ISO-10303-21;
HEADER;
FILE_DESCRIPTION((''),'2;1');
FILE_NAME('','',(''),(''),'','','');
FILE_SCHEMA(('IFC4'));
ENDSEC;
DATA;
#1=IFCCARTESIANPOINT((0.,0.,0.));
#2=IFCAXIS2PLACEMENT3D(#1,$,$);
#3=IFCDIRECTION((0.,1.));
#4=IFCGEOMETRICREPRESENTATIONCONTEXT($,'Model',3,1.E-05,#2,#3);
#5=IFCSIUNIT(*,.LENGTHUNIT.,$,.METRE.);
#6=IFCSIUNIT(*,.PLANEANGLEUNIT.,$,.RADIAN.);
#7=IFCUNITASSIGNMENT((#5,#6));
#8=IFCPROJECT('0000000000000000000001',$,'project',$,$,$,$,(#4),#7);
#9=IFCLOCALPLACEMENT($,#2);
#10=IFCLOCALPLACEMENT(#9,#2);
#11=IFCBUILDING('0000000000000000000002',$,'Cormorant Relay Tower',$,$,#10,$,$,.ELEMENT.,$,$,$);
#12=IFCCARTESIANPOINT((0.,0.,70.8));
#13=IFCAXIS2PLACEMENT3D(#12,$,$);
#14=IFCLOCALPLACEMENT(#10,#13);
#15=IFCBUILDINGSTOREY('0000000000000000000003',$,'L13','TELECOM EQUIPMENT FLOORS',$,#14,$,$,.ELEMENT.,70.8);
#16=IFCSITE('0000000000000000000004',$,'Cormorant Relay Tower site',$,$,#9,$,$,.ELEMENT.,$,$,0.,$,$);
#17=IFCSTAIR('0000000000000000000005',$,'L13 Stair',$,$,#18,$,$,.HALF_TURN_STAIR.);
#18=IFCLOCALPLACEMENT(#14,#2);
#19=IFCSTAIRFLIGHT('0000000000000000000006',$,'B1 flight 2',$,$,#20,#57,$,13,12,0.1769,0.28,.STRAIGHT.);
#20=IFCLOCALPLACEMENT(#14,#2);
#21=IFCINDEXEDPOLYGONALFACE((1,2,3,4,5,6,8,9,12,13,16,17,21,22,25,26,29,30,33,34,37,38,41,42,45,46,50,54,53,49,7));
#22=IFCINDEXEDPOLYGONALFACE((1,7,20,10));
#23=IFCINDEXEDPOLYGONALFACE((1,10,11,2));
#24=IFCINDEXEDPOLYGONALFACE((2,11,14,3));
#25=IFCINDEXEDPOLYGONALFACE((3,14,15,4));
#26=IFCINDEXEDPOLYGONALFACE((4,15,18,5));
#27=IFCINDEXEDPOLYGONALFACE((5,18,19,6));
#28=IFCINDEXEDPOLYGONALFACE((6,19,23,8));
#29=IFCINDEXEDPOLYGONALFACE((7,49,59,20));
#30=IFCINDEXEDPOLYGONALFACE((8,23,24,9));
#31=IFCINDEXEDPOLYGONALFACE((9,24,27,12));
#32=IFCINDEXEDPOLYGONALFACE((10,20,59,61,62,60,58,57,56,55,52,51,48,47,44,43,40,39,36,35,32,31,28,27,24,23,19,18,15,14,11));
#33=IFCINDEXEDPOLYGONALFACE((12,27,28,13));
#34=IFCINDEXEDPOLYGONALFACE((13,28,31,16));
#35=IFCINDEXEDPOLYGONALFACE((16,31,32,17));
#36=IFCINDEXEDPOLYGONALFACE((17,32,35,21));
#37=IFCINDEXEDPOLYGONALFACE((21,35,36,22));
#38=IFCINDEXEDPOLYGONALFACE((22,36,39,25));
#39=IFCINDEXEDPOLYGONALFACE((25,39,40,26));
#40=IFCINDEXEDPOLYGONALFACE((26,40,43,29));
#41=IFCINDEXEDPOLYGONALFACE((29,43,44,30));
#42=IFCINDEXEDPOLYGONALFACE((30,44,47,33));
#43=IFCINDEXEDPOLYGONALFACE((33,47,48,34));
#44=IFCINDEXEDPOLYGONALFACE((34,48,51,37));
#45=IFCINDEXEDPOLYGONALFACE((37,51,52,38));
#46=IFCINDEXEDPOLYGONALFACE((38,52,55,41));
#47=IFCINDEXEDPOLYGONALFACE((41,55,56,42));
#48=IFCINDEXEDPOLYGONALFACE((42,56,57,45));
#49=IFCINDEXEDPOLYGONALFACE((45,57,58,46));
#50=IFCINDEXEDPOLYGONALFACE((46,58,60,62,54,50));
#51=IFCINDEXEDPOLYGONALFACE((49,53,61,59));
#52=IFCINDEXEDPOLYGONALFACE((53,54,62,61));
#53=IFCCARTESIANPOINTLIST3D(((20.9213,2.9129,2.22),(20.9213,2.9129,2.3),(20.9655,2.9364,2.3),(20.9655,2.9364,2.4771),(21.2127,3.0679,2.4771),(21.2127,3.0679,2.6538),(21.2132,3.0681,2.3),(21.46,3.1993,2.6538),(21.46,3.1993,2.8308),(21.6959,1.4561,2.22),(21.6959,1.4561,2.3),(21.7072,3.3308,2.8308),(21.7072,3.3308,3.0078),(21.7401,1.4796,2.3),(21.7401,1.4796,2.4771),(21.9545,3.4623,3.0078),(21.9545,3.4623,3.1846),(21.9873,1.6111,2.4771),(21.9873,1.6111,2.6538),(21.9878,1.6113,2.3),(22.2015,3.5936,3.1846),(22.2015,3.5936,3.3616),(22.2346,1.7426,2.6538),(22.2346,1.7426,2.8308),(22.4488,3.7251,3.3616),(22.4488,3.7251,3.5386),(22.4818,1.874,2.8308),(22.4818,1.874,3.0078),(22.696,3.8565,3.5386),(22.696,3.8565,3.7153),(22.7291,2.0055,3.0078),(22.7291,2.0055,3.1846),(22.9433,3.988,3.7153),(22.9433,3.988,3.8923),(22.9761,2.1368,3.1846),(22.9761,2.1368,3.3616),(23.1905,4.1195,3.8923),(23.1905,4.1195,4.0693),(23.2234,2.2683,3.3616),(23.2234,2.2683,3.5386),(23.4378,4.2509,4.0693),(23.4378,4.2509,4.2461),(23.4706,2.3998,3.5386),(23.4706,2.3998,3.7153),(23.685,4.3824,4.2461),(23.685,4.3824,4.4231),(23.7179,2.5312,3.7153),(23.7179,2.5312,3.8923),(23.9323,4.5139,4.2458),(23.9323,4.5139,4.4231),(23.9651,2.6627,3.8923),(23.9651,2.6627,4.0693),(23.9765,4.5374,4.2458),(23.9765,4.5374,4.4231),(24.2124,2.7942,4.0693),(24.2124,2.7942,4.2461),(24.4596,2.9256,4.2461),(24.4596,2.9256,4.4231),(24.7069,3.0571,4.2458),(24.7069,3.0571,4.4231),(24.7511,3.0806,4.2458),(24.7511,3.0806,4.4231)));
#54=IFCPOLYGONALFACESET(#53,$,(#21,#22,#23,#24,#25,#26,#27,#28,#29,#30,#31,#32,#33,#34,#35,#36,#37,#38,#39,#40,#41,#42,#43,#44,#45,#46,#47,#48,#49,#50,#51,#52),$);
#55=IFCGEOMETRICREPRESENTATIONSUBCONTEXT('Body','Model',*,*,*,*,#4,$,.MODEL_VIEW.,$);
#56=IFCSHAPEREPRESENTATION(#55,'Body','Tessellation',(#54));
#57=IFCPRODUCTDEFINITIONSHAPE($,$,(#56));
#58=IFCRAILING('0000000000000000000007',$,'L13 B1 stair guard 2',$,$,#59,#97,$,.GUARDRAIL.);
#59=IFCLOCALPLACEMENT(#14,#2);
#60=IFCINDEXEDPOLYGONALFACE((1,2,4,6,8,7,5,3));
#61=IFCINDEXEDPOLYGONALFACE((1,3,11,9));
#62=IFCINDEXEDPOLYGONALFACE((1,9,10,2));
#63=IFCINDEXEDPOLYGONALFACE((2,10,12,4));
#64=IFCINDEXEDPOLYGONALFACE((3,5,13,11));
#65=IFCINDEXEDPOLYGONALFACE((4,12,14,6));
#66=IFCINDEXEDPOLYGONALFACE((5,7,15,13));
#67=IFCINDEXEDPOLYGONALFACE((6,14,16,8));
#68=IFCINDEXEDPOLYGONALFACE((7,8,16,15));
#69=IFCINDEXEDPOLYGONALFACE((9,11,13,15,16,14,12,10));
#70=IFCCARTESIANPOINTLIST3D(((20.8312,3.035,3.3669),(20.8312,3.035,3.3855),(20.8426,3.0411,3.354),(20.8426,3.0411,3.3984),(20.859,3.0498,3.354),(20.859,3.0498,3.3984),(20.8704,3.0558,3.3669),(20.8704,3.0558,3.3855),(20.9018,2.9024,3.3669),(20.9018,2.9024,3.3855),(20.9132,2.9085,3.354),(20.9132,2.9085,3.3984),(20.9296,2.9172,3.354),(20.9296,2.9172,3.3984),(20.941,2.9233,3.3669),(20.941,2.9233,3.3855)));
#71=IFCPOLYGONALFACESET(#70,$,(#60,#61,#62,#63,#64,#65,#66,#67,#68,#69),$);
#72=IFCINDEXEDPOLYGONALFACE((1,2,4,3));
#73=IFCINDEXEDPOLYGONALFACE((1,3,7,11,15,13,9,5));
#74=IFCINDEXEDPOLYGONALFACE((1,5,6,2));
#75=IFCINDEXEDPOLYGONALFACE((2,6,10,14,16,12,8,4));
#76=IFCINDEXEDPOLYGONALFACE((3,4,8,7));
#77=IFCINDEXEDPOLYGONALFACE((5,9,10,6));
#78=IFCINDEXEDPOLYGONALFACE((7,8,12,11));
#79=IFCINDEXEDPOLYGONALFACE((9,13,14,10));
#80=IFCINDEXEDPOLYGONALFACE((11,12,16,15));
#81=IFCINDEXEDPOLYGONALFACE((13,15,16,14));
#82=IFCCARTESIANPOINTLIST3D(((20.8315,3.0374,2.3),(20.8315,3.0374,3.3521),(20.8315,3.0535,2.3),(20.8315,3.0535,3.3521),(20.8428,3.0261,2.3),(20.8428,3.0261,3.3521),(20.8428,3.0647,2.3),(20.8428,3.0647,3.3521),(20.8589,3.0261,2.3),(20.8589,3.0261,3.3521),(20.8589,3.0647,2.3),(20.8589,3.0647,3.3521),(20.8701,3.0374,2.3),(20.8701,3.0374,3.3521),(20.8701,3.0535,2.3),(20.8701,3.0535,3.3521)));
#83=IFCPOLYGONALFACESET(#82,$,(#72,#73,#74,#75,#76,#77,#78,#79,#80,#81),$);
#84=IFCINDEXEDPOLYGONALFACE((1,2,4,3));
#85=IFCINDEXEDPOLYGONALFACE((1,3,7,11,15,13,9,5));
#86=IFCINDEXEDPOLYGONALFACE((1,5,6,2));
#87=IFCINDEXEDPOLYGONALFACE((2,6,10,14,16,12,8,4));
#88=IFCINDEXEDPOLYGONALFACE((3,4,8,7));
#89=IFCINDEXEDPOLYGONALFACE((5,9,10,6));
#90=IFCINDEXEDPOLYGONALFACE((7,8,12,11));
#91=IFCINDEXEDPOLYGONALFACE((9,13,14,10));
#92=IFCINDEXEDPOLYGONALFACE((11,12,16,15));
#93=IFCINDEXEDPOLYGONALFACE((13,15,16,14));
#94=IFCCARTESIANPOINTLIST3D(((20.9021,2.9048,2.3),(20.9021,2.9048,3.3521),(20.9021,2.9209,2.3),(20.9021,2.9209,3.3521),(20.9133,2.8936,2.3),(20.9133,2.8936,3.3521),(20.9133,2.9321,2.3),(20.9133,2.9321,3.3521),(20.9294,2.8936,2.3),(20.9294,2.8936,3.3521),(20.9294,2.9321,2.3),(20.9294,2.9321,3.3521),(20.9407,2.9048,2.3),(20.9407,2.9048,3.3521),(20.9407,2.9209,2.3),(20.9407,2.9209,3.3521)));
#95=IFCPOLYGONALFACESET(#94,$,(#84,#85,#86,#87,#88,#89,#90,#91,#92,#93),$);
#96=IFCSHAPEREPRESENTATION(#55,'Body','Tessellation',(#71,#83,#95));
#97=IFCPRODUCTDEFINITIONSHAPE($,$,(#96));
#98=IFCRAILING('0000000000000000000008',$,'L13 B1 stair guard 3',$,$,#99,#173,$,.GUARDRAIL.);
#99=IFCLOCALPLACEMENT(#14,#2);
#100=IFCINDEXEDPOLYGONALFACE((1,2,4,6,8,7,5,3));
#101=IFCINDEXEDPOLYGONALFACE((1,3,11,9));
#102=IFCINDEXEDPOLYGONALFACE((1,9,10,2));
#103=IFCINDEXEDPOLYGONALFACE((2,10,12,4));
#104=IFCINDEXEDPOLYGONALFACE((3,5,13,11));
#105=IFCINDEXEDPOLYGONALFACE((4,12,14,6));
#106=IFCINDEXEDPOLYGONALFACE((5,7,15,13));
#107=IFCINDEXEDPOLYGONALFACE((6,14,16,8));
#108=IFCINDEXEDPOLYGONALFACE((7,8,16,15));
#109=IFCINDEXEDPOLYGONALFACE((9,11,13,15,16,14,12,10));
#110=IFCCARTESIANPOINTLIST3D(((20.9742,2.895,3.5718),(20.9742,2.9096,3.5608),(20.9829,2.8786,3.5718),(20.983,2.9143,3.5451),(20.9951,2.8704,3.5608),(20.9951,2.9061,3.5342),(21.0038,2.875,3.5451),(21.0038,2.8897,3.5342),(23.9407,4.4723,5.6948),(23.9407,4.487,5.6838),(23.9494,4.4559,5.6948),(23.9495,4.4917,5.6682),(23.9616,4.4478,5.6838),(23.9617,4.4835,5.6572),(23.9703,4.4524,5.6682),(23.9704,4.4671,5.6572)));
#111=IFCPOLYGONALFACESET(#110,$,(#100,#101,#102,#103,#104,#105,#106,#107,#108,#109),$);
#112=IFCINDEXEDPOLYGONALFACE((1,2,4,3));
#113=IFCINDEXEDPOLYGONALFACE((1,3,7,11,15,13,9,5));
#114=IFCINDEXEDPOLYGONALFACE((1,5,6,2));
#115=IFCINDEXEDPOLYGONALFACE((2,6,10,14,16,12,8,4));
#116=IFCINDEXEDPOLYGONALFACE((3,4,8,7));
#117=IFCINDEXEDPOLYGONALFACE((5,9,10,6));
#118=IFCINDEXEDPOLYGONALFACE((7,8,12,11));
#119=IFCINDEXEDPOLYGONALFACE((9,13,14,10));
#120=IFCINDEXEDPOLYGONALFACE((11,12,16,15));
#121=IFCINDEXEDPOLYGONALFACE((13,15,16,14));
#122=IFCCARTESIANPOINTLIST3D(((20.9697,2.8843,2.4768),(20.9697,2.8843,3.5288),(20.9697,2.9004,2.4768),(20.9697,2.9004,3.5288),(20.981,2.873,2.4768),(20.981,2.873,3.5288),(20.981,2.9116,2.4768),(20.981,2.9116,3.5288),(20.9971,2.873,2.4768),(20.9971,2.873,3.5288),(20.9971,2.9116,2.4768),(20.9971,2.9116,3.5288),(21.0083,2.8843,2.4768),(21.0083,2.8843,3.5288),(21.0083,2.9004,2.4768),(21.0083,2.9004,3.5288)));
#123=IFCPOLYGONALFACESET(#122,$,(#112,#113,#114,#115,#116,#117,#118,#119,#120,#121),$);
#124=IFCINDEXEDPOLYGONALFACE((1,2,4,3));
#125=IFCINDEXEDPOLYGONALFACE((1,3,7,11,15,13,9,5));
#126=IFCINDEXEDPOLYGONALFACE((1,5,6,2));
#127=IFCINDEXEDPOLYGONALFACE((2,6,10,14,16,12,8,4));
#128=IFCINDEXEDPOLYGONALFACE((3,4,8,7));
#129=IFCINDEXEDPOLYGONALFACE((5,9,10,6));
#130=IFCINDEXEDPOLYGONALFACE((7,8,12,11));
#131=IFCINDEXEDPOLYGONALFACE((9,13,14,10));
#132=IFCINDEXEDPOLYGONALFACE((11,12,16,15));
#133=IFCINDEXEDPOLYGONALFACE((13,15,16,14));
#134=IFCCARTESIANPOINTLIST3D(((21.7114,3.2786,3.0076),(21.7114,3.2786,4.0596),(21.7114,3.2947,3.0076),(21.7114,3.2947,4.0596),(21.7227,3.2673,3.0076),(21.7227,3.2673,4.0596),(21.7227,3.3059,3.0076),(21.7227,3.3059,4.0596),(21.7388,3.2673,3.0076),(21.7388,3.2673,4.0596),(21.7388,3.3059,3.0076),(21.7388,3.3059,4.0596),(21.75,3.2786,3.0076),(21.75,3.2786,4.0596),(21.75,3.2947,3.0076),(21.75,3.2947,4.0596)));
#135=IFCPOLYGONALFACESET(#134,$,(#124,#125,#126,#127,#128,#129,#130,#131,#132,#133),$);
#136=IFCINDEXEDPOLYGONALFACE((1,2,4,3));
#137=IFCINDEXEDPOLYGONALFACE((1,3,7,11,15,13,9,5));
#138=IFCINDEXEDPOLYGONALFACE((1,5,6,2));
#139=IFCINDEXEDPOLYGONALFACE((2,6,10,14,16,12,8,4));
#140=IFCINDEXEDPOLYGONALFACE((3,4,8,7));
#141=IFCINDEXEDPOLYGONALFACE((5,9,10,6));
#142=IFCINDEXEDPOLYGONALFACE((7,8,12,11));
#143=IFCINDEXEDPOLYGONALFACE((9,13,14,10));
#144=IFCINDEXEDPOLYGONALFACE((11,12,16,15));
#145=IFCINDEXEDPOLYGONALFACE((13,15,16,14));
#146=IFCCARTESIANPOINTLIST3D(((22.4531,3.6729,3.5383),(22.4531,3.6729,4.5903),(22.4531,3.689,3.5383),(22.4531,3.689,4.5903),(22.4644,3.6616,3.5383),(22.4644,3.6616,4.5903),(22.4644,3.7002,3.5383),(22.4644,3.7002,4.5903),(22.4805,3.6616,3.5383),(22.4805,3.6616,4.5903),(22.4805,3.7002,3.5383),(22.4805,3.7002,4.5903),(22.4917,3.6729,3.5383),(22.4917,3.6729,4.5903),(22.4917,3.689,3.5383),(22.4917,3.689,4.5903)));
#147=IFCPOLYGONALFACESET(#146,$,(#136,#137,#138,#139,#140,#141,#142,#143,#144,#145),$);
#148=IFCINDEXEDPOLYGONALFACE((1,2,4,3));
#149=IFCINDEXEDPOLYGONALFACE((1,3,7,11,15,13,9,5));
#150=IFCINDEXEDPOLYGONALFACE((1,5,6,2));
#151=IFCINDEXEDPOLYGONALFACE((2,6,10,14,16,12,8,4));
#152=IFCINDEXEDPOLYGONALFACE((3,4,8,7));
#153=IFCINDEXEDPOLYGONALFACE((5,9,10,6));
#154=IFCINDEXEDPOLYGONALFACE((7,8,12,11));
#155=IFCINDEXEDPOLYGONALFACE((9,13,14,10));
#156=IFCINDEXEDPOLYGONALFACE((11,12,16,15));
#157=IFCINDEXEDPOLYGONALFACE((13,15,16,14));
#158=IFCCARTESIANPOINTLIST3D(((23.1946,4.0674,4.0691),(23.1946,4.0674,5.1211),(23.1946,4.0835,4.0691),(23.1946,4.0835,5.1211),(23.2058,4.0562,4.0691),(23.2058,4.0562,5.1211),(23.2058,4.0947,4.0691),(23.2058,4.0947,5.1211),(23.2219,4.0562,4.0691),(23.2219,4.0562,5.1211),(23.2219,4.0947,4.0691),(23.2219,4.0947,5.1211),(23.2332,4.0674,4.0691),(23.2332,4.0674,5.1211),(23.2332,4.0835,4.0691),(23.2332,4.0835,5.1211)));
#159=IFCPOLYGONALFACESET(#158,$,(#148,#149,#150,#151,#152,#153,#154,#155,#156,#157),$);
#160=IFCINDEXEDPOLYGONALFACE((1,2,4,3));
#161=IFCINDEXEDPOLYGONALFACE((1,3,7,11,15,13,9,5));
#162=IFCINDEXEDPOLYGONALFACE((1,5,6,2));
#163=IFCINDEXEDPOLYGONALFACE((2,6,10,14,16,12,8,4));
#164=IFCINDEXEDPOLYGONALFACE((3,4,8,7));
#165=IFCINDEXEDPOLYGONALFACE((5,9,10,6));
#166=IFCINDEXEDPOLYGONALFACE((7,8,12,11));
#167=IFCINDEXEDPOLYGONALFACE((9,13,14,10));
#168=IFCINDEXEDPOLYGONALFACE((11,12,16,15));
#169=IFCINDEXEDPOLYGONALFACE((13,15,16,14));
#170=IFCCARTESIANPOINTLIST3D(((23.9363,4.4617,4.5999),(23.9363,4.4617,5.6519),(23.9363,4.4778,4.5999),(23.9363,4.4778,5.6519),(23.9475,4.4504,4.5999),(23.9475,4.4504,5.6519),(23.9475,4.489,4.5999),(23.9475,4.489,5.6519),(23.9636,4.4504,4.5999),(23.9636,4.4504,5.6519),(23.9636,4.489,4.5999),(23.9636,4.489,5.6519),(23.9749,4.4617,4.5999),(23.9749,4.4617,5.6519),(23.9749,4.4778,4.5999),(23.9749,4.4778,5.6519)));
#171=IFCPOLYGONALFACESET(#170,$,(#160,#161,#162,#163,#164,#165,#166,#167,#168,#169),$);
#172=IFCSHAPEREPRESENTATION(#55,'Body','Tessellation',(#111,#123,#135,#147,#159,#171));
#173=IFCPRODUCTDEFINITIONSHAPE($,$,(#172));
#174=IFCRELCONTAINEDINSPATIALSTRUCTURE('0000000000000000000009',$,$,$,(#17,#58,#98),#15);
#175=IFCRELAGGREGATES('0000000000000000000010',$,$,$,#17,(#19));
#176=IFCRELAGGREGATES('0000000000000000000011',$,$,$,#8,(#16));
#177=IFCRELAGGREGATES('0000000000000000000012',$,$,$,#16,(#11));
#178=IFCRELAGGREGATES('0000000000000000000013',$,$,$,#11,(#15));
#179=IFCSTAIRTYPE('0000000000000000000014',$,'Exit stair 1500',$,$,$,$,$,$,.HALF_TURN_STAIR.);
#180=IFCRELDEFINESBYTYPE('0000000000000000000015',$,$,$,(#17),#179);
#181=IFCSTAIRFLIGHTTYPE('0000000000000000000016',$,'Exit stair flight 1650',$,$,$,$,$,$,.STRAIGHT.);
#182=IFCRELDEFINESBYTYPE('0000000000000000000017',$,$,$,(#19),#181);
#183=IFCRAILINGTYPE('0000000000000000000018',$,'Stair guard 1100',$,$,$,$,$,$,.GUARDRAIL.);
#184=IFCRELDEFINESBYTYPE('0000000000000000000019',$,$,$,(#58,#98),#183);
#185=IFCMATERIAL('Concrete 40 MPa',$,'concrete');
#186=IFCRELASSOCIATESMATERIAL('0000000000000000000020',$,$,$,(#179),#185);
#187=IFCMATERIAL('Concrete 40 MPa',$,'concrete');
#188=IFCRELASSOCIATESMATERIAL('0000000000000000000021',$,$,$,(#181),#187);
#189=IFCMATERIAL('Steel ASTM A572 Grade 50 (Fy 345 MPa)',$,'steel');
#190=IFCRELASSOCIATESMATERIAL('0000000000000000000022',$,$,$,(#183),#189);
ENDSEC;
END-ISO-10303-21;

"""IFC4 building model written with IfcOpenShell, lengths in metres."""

from ifc_helpers import new_model, si_unit, direction, frame, origin, place, context, subcontext, project, spatial, polyline, outline, extrude, material, type_object, element, aggregate, save


model = new_model("IFC4")

# Units and contexts
model_context = context("Model", 3, precision=1e-05, world=origin(), true_north=direction((0.0, 1.0)))
body_context = subcontext(model_context, "Body", "Model", "MODEL_VIEW")
ifc_project = project(units=[si_unit("LENGTHUNIT", "METRE"), si_unit("PLANEANGLEUNIT", "RADIAN")], contexts=[model_context])

# Site, building, storey
site_placement = place(None, origin())
site = spatial("IfcSite", under=ifc_project, at=site_placement, Name="Cormorant Relay Tower site", CompositionType="ELEMENT", RefElevation=0.0)
building_placement = place(site_placement, origin())
building = spatial("IfcBuilding", under=site, at=building_placement, Name="Cormorant Relay Tower", CompositionType="ELEMENT")
storey_placement = place(building_placement, frame((0.0, 0.0, 70.8)))
storey = spatial("IfcBuildingStorey", under=building, at=storey_placement, Name="L13", Description="TELECOM EQUIPMENT FLOORS", CompositionType="ELEMENT", Elevation=70.8)

# Stair, stair flight
ifc_material_1 = material(Name="Concrete 40 MPa", Category="concrete")
stair_type = type_object("IfcStairType", Name="Exit stair 1500", PredefinedType="HALF_TURN_STAIR", material=ifc_material_1)
stair_placement = place(storey_placement, origin())
stair = element("IfcStair", 1, at=stair_placement, inside=storey, type_object=stair_type, Name="L13 Stair", PredefinedType="HALF_TURN_STAIR")
ifc_material_2 = material(Name="Concrete 40 MPa", Category="concrete")
stair_flight_type = type_object("IfcStairFlightType", Name="Exit stair flight 1650", PredefinedType="STRAIGHT", material=ifc_material_2)
stair_flight_placement = place(storey_placement, frame((21.3528, 2.208, 2.3), z_axis=(0.0, 0.0, 1.0), x_axis=(0.882948, 0.469472, 0.0)))
stair_flight = element("IfcStairFlight", 2, at=stair_flight_placement, type_object=stair_flight_type, Name="B1 flight 2", NumberOfRisers=13, NumberOfTreads=12, PredefinedType="STRAIGHT", RiserHeight=0.1769, TreadLength=0.28, context=body_context, shape_type="SweptSolid", body=[
    extrude(outline(polyline([(-0.05, -0.0801), (-0.05, 0.0), (0.0, 0.0), (0.0, 0.177), (0.28, 0.177), (0.28, 0.3538), (0.5601, 0.3538), (0.5601, 0.5308), (0.8401, 0.5308), (0.8401, 0.7078), (1.1201, 0.7078), (1.1201, 0.8845), (1.3999, 0.8845), (1.3999, 1.0615), (1.6799, 1.0615), (1.6799, 1.2385), (1.96, 1.2385), (1.96, 1.4153), (2.24, 1.4153), (2.24, 1.5923), (2.52, 1.5923), (2.52, 1.7693), (2.8, 1.7693), (2.8, 1.946), (3.0801, 1.946), (3.0801, 2.123), (3.3601, 2.123), (3.4102, 2.123), (3.4102, 1.9458), (3.3601, 1.9458), (0.2805, 0.0), (-0.05, -0.0801)])), frame((0.0, 0.825, 0.0), z_axis=(0.0, -1.0, 0.0), x_axis=(1.0, 0.0, 0.0)), (0.0, 0.0, 1.0), 1.6499),
])
aggregate(stair, [stair_flight])

# Railings
ifc_material_3 = material(Name="Steel ASTM A572 Grade 50 (Fy 345 MPa)", Category="steel")
railing_type_1 = type_object("IfcRailingType", Name="Stair guard 1100", PredefinedType="GUARDRAIL", material=ifc_material_3)
railing_1_placement = place(storey_placement, frame((20.8508, 3.0454, 2.3)))
element("IfcRailing", 3, at=railing_1_placement, inside=storey, type_object=railing_type_1, Name="L13 B1 stair guard 2", PredefinedType="GUARDRAIL", context=body_context, shape_type="SweptSolid", body=[
    extrude(outline(polyline([(0.0222, 0.0093), (0.0093, 0.0222), (-0.0093, 0.0222), (-0.0222, 0.0093), (-0.0222, -0.0093), (-0.0093, -0.0222), (0.0093, -0.0222), (0.0222, -0.0093), (0.0222, 0.0093)])), frame((0.0, 0.0, 1.0762), z_axis=(0.469829, -0.882758, 0.0), x_axis=(0.882758, 0.469829, 0.0)), (0.0, 0.0, 1.0), 0.1501),
    extrude(outline(polyline([(0.0193, 0.0081), (0.0081, 0.0193), (-0.0081, 0.0193), (-0.0193, 0.0081), (-0.0193, -0.0081), (-0.0081, -0.0193), (0.0081, -0.0193), (0.0193, -0.0081), (0.0193, 0.0081)])), origin(), (0.0, 0.0, 1.0), 1.052),
    extrude(outline(polyline([(0.0193, 0.0081), (0.0081, 0.0193), (-0.0081, 0.0193), (-0.0193, 0.0081), (-0.0193, -0.0081), (-0.0081, -0.0193), (0.0081, -0.0193), (0.0193, -0.0081), (0.0193, 0.0081)])), frame((0.0706, -0.1326, 0.0)), (0.0, 0.0, 1.0), 1.052),
])
railing_2_placement = place(storey_placement, frame((20.989, 2.8923, 2.4768)))
element("IfcRailing", 4, at=railing_2_placement, inside=storey, type_object=railing_type_1, Name="L13 B1 stair guard 3", PredefinedType="GUARDRAIL", context=body_context, shape_type="SweptSolid", body=[
    extrude(outline(polyline([(0.0222, 0.0093), (0.0093, 0.0222), (-0.0093, 0.0222), (-0.0222, 0.0093), (-0.0222, -0.0093), (-0.0093, -0.0222), (0.0093, -0.0222), (0.0222, -0.0093), (0.0222, 0.0093)])), frame((0.0, 0.0, 1.0762), z_axis=(0.746413, 0.396887, 0.534179), x_axis=(-0.469483, 0.882942, 0.0)), (0.0, 0.0, 1.0), 3.9744),
    extrude(outline(polyline([(0.0193, 0.0081), (0.0081, 0.0193), (-0.0081, 0.0193), (-0.0193, 0.0081), (-0.0193, -0.0081), (-0.0081, -0.0193), (0.0081, -0.0193), (0.0193, -0.0081), (0.0193, 0.0081)])), origin(), (0.0, 0.0, 1.0), 1.052),
    extrude(outline(polyline([(0.0193, 0.0081), (0.0081, 0.0193), (-0.0081, 0.0193), (-0.0193, 0.0081), (-0.0193, -0.0081), (-0.0081, -0.0193), (0.0081, -0.0193), (0.0193, -0.0081), (0.0193, 0.0081)])), frame((0.7417, 0.3943, 0.5308)), (0.0, 0.0, 1.0), 1.052),
    extrude(outline(polyline([(0.0193, 0.0081), (0.0081, 0.0193), (-0.0081, 0.0193), (-0.0193, 0.0081), (-0.0193, -0.0081), (-0.0081, -0.0193), (0.0081, -0.0193), (0.0193, -0.0081), (0.0193, 0.0081)])), frame((1.4834, 0.7886, 1.0615)), (0.0, 0.0, 1.0), 1.052),
    extrude(outline(polyline([(0.0193, 0.0081), (0.0081, 0.0193), (-0.0081, 0.0193), (-0.0193, 0.0081), (-0.0193, -0.0081), (-0.0081, -0.0193), (0.0081, -0.0193), (0.0193, -0.0081), (0.0193, 0.0081)])), frame((2.2249, 1.1831, 1.5923)), (0.0, 0.0, 1.0), 1.052),
    extrude(outline(polyline([(0.0193, 0.0081), (0.0081, 0.0193), (-0.0081, 0.0193), (-0.0193, 0.0081), (-0.0193, -0.0081), (-0.0081, -0.0193), (0.0081, -0.0193), (0.0193, -0.0081), (0.0193, 0.0081)])), frame((2.9666, 1.5774, 2.123)), (0.0, 0.0, 1.0), 1.052),
])

save(model, "model.ifc")
